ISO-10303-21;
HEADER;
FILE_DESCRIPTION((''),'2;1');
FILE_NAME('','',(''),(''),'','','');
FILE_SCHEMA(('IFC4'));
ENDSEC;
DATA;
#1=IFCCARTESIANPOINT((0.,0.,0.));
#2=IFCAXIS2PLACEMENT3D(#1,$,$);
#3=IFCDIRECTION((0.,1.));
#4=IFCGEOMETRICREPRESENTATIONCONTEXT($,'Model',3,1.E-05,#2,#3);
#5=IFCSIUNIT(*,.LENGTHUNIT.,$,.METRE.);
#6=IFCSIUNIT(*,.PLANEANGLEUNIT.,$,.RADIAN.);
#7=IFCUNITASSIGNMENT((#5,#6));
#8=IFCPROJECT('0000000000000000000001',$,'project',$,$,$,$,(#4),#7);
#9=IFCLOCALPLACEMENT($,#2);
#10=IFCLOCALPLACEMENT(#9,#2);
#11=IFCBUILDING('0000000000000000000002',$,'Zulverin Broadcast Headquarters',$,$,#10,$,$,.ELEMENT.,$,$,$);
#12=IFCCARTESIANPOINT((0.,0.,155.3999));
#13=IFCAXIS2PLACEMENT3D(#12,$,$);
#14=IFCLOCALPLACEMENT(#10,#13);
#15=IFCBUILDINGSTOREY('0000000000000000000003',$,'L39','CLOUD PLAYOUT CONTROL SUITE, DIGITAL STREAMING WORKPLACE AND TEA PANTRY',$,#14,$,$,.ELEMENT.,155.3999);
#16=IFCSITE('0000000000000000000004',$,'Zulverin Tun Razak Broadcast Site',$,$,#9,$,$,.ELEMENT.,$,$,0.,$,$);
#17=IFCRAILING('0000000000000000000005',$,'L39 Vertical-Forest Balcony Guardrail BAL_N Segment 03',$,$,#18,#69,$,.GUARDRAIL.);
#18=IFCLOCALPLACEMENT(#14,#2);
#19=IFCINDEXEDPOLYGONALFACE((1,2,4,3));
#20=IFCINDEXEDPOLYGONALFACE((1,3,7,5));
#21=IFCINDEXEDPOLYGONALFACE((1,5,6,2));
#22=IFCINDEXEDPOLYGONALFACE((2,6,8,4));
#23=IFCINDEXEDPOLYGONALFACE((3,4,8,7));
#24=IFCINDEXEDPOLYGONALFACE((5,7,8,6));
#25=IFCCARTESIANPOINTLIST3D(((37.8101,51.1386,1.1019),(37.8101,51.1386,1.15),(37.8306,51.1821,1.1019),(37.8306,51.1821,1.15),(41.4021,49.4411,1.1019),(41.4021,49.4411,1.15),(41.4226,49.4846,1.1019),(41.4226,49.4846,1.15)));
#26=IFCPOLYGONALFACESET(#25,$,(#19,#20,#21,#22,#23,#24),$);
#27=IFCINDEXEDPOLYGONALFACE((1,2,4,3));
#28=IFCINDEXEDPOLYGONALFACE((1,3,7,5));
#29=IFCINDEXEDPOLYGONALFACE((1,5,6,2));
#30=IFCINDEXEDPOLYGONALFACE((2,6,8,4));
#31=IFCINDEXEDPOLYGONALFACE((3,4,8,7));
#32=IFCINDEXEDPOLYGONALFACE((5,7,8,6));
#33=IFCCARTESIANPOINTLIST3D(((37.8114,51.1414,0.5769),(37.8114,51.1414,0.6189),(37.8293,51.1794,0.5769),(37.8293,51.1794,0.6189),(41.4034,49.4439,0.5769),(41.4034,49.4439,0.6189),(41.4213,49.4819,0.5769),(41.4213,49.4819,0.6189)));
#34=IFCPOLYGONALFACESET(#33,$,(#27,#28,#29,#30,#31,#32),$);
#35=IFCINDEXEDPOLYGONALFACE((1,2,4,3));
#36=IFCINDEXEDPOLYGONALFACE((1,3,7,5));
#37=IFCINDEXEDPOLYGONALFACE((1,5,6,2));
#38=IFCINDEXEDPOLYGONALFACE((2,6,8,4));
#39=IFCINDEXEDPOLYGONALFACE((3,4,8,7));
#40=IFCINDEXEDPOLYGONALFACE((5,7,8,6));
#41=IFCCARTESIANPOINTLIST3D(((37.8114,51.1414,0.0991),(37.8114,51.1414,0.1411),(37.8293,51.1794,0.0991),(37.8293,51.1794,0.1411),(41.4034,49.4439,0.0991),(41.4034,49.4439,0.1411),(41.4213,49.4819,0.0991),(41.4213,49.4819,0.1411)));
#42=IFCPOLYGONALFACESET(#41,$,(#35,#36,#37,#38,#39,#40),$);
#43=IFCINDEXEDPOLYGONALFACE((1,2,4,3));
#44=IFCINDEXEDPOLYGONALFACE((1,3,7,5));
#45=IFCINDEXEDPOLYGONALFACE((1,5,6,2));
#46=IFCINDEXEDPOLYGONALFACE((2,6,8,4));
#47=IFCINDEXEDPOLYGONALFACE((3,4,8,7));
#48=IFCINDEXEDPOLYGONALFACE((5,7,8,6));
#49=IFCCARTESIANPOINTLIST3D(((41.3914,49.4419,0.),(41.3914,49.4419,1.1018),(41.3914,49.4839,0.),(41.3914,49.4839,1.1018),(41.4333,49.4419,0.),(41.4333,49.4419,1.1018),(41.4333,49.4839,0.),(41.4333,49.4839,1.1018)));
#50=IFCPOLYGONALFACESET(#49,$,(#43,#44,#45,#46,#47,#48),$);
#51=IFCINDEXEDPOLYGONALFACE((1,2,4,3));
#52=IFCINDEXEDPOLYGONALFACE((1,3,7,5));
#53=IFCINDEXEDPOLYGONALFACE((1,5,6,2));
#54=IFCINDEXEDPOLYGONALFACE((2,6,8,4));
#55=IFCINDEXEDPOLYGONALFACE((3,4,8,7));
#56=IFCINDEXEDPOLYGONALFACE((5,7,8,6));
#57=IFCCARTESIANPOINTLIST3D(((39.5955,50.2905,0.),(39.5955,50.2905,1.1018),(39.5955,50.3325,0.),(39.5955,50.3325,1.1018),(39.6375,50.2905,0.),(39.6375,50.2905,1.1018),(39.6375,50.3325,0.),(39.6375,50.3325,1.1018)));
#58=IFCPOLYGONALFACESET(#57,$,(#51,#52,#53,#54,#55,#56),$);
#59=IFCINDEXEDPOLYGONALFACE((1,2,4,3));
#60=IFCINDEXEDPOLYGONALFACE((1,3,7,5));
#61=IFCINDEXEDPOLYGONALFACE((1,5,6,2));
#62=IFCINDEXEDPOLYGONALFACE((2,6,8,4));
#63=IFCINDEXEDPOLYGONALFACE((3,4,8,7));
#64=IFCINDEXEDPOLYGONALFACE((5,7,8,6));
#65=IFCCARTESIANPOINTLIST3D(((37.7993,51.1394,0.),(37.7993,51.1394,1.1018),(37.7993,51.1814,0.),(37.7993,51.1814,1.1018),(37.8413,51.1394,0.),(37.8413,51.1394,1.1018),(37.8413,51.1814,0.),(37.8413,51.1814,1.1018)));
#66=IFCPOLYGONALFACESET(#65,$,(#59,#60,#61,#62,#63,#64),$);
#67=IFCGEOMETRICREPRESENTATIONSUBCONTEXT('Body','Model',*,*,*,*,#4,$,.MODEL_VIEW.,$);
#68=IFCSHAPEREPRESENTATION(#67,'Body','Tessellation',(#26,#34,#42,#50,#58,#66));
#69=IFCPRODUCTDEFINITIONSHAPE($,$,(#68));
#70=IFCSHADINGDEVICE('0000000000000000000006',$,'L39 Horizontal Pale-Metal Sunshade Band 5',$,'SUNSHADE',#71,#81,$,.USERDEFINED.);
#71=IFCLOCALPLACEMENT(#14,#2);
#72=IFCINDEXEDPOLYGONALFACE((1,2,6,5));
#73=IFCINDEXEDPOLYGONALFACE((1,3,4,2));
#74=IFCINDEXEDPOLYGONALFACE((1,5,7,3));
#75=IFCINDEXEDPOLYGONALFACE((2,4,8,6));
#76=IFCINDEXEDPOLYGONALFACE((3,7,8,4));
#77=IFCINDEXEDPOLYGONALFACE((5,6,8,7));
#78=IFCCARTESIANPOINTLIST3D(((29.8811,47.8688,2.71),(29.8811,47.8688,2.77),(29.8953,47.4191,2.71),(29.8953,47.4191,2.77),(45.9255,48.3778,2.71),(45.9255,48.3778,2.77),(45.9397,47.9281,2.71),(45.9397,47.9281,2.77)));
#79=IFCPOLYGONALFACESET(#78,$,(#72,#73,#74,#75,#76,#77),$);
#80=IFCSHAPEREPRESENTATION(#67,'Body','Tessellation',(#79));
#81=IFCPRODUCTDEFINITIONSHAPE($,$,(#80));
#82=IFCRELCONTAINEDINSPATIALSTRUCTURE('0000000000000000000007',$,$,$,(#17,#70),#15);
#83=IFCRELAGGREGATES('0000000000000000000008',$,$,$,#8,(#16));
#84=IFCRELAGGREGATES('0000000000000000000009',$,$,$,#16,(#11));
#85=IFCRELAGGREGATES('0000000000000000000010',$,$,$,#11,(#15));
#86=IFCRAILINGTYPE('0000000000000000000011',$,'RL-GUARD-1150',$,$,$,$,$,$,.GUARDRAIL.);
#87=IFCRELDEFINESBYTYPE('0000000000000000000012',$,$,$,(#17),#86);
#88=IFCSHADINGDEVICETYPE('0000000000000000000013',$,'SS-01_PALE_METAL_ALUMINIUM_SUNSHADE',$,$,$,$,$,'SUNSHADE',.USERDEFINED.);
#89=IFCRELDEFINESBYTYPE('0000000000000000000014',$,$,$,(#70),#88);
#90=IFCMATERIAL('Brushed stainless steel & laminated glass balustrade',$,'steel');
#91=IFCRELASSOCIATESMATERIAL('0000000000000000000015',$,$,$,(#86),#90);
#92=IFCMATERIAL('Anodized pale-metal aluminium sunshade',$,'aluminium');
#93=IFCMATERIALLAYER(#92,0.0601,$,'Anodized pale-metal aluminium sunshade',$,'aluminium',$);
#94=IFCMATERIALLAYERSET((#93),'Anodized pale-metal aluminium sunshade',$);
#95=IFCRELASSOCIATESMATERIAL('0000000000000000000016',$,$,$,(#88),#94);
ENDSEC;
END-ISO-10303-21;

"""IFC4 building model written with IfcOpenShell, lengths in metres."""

from ifc_helpers import new_model, si_unit, direction, frame, origin, origin_2d, place, context, subcontext, project, spatial, rectangle, extrude, material, layer, layer_set, type_object, element, save


model = new_model("IFC4")

# Units and contexts
model_context = context("Model", 3, precision=1e-05, world=origin(), true_north=direction((0.0, 1.0)))
body_context = subcontext(model_context, "Body", "Model", "MODEL_VIEW")
ifc_project = project(units=[si_unit("LENGTHUNIT", "METRE"), si_unit("PLANEANGLEUNIT", "RADIAN")], contexts=[model_context])

# Site, building, storey
site_placement = place(None, origin())
site = spatial("IfcSite", under=ifc_project, at=site_placement, Name="Zulverin Tun Razak Broadcast Site", CompositionType="ELEMENT", RefElevation=0.0)
building_placement = place(site_placement, origin())
building = spatial("IfcBuilding", under=site, at=building_placement, Name="Zulverin Broadcast Headquarters", CompositionType="ELEMENT")
storey_placement = place(building_placement, frame((0.0, 0.0, 155.3999)))
storey = spatial("IfcBuildingStorey", under=building, at=storey_placement, Name="L39", Description="CLOUD PLAYOUT CONTROL SUITE, DIGITAL STREAMING WORKPLACE AND TEA PANTRY", CompositionType="ELEMENT", Elevation=155.3999)

# Railing
ifc_material_1 = material(Name="Brushed stainless steel & laminated glass balustrade", Category="steel")
railing_type = type_object("IfcRailingType", Name="RL-GUARD-1150", PredefinedType="GUARDRAIL", material=ifc_material_1)
railing_1_placement = place(storey_placement, frame((41.4124, 49.4629, 0.0)))
element("IfcRailing", 1, at=railing_1_placement, inside=storey, type_object=railing_type, Name="L39 Vertical-Forest Balcony Guardrail BAL_N Segment 03", PredefinedType="GUARDRAIL", context=body_context, shape_type="SweptSolid", body=[
    extrude(rectangle(XDim=0.0481, YDim=0.0481, at=origin_2d()), frame((0.0, 0.0, 1.126), z_axis=(-0.904125, 0.427267, 0.0), x_axis=(-0.427267, -0.904125, 0.0)), (0.0, 0.0, 1.0), 3.9729),
    extrude(rectangle(XDim=0.042, YDim=0.042, at=origin_2d()), frame((0.0, 0.0, 0.5979), z_axis=(-0.904125, 0.427267, 0.0), x_axis=(-0.427267, -0.904125, 0.0)), (0.0, 0.0, 1.0), 3.9729),
    extrude(rectangle(XDim=0.042, YDim=0.042, at=origin_2d()), frame((0.0, 0.0, 0.1201), z_axis=(-0.904125, 0.427267, 0.0), x_axis=(-0.427267, -0.904125, 0.0)), (0.0, 0.0, 1.0), 3.9729),
    extrude(rectangle(XDim=0.042, YDim=0.042, at=origin_2d()), origin(), (0.0, 0.0, 1.0), 1.1018),
    extrude(rectangle(XDim=0.042, YDim=0.042, at=origin_2d()), frame((-1.7959, 0.8486, 0.0)), (0.0, 0.0, 1.0), 1.1018),
    extrude(rectangle(XDim=0.042, YDim=0.042, at=origin_2d()), frame((-3.592, 1.6975, 0.0)), (0.0, 0.0, 1.0), 1.1018),
])

# Shading device
ifc_material_2 = material(Name="Anodized pale-metal aluminium sunshade", Category="aluminium")
ifc_layer_1 = layer(ifc_material_2, 0.0601, Name="Anodized pale-metal aluminium sunshade", Category="aluminium")
ifc_layer_set_1 = layer_set([ifc_layer_1], Name="Anodized pale-metal aluminium sunshade")
shading_device_type = type_object("IfcShadingDeviceType", Name="SS-01_PALE_METAL_ALUMINIUM_SUNSHADE", ElementType="SUNSHADE", PredefinedType="USERDEFINED", material=ifc_layer_set_1)
shading_device_placement = place(storey_placement, frame((37.9104, 47.8984, 2.71), z_axis=(0.0, 0.0, 1.0), x_axis=(-0.999497, -0.031709, 0.0)))
element("IfcShadingDevice", 2, at=shading_device_placement, inside=storey, type_object=shading_device_type, Name="L39 Horizontal Pale-Metal Sunshade Band 5", ObjectType="SUNSHADE", PredefinedType="USERDEFINED", context=body_context, shape_type="SweptSolid", body=[
    extrude(rectangle(XDim=16.0525, YDim=0.45, at=origin_2d()), origin(), (0.0, 0.0, 1.0), 0.0601),
])

save(model, "model.ifc")
